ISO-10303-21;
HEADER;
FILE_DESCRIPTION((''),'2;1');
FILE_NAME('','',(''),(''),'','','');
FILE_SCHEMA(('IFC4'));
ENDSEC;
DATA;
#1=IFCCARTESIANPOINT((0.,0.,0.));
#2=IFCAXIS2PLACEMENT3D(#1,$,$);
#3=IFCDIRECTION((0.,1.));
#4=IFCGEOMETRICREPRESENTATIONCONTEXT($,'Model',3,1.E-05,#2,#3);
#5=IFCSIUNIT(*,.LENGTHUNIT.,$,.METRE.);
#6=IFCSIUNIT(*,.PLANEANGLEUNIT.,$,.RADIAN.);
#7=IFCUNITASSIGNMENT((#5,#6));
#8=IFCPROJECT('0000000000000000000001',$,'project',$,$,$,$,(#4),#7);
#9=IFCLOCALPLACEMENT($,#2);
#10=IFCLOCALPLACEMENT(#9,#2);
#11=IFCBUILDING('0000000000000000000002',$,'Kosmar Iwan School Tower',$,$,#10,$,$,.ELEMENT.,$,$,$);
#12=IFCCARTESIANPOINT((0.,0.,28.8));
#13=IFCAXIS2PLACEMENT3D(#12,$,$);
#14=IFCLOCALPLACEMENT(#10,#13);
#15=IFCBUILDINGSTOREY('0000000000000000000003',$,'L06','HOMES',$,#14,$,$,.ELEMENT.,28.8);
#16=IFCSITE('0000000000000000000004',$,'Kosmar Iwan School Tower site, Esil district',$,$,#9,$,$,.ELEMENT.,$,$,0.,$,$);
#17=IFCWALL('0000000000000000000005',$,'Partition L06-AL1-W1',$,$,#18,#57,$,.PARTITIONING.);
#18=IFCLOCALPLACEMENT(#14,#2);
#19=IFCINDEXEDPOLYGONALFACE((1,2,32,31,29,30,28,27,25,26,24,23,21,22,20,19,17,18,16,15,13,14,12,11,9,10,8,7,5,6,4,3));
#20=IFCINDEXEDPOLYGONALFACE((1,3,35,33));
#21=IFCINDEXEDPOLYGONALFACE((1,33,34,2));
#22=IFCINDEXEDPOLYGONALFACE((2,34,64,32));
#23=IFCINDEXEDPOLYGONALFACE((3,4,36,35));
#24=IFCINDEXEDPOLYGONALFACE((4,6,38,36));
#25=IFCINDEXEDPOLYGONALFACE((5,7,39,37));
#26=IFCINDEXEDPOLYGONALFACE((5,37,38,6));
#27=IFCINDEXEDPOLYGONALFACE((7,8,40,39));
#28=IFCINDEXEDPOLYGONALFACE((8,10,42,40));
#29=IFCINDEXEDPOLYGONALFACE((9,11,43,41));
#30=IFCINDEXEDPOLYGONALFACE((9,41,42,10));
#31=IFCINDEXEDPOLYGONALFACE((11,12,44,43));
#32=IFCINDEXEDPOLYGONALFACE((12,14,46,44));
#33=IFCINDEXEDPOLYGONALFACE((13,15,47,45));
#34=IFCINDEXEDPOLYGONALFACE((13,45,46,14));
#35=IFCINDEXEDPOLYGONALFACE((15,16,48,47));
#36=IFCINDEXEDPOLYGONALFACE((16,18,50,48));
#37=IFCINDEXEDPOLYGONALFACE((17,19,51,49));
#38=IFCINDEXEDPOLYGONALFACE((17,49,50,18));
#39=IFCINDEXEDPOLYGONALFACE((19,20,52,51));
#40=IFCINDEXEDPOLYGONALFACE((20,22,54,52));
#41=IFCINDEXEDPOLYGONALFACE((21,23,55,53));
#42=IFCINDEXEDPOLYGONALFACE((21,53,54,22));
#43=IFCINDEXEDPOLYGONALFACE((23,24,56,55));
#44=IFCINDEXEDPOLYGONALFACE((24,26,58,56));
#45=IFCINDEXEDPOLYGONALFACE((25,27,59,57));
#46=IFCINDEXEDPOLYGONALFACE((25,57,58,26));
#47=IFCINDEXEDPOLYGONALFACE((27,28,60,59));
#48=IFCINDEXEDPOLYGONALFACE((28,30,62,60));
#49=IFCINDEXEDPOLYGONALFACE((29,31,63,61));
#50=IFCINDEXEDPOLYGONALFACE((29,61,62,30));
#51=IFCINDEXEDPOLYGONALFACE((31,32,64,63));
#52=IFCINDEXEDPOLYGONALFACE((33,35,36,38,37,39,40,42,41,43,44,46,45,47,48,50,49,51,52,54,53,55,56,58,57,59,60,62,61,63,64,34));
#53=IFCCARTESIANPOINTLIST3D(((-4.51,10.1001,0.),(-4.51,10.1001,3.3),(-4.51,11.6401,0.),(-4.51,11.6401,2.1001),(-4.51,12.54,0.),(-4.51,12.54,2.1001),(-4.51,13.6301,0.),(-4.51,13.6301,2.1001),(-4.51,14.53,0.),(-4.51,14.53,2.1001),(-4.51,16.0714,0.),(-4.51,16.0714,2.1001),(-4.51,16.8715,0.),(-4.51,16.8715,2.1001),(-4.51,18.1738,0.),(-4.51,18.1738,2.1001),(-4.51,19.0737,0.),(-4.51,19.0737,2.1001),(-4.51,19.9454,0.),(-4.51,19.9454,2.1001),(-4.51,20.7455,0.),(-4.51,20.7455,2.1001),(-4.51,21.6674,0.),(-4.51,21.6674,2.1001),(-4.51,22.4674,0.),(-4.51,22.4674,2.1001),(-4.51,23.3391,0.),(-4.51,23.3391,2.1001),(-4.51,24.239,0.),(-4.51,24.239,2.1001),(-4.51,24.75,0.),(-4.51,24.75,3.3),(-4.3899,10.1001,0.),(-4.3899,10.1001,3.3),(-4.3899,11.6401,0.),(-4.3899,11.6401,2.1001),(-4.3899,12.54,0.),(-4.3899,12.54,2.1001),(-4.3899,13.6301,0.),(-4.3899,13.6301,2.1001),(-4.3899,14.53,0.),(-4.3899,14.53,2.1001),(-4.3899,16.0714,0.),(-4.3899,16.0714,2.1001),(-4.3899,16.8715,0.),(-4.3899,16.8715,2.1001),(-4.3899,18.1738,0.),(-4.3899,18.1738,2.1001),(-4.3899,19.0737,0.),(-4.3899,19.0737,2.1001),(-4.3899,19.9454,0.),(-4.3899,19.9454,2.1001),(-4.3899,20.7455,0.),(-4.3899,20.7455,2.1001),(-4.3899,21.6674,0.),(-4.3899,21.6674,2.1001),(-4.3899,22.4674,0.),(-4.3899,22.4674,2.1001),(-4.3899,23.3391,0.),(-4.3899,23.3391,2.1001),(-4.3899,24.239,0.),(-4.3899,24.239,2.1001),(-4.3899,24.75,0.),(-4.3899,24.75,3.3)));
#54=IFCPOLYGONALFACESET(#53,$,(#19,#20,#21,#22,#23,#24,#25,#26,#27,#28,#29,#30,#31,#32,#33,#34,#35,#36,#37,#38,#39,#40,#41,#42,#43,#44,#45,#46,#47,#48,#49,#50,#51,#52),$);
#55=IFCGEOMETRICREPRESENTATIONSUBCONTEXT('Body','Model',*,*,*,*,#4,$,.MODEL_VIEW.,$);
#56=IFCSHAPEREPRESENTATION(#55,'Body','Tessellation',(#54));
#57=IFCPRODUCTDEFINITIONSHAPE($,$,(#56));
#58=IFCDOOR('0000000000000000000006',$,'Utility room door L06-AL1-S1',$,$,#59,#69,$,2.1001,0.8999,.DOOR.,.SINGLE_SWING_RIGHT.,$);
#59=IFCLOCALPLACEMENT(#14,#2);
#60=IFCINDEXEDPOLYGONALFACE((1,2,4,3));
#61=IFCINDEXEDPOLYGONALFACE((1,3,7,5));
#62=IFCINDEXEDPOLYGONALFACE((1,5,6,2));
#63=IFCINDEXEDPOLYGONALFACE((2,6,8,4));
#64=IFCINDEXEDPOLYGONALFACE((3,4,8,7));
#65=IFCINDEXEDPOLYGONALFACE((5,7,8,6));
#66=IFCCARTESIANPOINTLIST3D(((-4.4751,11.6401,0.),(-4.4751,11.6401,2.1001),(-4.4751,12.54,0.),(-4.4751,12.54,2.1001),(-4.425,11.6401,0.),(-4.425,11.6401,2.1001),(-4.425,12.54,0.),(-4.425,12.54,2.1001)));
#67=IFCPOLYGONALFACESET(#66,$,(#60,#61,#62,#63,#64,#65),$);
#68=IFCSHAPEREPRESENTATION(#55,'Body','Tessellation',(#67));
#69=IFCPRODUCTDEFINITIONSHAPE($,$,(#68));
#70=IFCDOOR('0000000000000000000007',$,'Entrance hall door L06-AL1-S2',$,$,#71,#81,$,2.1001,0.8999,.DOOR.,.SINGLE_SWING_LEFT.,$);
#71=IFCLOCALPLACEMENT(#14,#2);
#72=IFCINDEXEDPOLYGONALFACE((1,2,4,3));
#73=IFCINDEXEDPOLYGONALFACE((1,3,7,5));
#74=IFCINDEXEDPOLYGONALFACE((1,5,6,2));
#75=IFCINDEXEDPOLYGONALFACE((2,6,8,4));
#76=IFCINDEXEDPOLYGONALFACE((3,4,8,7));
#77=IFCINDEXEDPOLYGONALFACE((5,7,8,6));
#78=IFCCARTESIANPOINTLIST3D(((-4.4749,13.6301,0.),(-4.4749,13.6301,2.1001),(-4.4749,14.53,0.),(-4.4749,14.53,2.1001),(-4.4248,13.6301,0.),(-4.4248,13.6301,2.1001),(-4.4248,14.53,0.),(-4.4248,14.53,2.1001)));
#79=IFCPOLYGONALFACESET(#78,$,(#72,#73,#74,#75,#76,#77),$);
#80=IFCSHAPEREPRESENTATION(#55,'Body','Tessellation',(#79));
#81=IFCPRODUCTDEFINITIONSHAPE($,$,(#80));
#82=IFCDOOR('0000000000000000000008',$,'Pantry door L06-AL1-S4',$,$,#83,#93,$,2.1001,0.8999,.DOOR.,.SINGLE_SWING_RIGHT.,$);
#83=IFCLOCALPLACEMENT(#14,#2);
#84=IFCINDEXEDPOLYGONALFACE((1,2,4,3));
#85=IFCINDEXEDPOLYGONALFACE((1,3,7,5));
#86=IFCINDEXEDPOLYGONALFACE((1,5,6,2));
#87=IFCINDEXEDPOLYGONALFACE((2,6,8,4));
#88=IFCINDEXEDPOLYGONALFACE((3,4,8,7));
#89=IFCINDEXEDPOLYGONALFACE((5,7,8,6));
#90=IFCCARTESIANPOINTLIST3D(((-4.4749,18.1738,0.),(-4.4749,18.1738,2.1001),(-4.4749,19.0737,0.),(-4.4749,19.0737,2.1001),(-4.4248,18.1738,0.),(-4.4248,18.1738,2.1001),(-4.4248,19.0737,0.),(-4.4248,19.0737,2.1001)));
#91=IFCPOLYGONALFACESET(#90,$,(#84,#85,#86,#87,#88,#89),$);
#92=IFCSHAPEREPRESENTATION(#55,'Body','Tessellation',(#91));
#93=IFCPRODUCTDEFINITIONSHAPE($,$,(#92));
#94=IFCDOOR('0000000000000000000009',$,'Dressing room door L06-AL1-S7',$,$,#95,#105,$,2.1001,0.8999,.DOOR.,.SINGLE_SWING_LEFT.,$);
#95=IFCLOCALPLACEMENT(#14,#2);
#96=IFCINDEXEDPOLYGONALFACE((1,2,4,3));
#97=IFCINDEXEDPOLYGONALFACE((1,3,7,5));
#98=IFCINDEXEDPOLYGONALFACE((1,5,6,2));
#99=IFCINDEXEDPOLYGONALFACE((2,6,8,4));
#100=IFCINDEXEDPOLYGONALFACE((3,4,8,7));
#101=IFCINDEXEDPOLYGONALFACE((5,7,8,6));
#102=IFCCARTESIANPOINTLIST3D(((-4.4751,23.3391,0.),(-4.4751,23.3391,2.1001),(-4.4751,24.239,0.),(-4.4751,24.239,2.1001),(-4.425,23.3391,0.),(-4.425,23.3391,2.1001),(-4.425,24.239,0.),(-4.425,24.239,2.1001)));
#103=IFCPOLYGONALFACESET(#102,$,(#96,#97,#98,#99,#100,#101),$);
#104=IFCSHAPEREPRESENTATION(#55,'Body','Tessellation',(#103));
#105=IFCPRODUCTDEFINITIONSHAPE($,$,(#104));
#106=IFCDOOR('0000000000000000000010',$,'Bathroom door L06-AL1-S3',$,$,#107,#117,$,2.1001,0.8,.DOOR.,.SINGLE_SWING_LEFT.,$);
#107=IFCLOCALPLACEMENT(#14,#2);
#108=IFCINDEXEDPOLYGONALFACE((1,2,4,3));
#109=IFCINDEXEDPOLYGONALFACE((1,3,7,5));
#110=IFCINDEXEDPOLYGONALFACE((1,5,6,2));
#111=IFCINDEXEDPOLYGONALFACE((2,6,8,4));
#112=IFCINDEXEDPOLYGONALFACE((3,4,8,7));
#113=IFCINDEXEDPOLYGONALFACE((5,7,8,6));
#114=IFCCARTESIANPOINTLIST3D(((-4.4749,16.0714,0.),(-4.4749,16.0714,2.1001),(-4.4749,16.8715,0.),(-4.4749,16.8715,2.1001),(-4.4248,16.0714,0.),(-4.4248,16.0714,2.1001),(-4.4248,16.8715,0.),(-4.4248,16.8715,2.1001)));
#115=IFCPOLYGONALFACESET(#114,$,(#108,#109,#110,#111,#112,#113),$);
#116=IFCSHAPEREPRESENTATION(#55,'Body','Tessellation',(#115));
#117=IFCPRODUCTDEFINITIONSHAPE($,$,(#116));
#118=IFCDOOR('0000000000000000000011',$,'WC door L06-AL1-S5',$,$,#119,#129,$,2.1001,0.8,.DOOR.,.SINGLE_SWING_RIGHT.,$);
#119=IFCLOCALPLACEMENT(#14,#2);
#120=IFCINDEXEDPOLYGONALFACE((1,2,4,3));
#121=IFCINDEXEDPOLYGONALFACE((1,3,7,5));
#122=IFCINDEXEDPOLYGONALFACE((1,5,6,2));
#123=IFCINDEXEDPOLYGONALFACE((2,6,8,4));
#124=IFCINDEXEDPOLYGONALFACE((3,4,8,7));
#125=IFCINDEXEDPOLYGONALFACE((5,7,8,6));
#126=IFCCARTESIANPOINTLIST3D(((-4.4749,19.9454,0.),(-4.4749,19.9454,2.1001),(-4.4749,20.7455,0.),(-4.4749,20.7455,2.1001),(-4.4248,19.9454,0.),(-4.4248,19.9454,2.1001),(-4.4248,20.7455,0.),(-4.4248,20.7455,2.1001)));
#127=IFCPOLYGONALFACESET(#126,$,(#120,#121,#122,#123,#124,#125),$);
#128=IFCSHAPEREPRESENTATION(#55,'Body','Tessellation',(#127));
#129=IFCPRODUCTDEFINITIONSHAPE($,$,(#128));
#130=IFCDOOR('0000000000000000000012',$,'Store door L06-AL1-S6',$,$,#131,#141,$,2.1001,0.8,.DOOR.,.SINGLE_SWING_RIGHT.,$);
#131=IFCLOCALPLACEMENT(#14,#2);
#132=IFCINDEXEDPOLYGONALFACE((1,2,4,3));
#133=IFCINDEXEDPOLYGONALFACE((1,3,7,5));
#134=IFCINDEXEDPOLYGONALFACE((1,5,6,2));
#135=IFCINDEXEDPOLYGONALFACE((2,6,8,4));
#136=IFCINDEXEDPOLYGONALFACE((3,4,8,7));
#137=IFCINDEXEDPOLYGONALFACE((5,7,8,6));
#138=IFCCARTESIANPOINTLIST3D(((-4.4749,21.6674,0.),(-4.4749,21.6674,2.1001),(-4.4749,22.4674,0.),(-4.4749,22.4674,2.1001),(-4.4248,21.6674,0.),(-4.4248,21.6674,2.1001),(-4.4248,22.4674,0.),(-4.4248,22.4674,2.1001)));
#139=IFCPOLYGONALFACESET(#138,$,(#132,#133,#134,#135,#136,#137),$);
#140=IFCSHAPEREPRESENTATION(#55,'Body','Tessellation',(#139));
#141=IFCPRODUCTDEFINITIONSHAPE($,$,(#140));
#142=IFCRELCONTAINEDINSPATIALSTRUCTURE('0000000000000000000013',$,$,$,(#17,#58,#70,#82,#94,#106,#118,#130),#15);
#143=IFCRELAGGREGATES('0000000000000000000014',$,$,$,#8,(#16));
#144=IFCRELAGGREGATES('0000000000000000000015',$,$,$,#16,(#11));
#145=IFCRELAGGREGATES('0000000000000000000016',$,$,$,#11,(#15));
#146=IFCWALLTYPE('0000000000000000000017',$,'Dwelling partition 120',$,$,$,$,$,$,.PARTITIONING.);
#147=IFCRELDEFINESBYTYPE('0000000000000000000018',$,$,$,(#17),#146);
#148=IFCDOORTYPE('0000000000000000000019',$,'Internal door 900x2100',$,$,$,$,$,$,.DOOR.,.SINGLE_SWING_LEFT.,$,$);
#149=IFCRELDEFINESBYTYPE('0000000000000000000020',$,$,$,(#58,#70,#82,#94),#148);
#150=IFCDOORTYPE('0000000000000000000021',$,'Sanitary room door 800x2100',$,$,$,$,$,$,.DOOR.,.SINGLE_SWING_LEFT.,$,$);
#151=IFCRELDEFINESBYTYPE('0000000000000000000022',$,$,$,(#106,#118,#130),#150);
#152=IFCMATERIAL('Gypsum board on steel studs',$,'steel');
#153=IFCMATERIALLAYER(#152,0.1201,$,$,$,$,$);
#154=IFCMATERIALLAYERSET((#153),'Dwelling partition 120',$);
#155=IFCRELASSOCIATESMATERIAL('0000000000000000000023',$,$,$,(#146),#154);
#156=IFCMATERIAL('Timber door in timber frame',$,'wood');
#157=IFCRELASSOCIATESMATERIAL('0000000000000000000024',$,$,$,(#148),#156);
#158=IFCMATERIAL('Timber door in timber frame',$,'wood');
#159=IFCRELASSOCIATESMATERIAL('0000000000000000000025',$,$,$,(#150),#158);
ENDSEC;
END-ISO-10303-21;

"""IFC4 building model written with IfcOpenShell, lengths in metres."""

from ifc_helpers import new_model, si_unit, direction, frame, frame_2d, origin, place, context, subcontext, project, spatial, rectangle, extrude, material, layer, layer_set, type_object, element, fill, save


model = new_model("IFC4")

# Units and contexts
model_context = context("Model", 3, precision=1e-05, world=origin(), true_north=direction((0.0, 1.0)))
body_context = subcontext(model_context, "Body", "Model", "MODEL_VIEW")
ifc_project = project(units=[si_unit("LENGTHUNIT", "METRE"), si_unit("PLANEANGLEUNIT", "RADIAN")], contexts=[model_context])

# Site, building, storey
site_placement = place(None, origin())
site = spatial("IfcSite", under=ifc_project, at=site_placement, Name="Kosmar Iwan School Tower site, Esil district", CompositionType="ELEMENT", RefElevation=0.0)
building_placement = place(site_placement, origin())
building = spatial("IfcBuilding", under=site, at=building_placement, Name="Kosmar Iwan School Tower", CompositionType="ELEMENT")
storey_placement = place(building_placement, frame((0.0, 0.0, 28.8)))
storey = spatial("IfcBuildingStorey", under=building, at=storey_placement, Name="L06", Description="HOMES", CompositionType="ELEMENT", Elevation=28.8)

# Wall, openings, doors
ifc_material_1 = material(Name="Gypsum board on steel studs", Category="steel")
ifc_layer_1 = layer(ifc_material_1, 0.1201)
ifc_layer_set_1 = layer_set([ifc_layer_1], Name="Dwelling partition 120")
wall_type_1 = type_object("IfcWallType", Name="Dwelling partition 120", PredefinedType="PARTITIONING", material=ifc_layer_set_1)
wall_1_placement = place(storey_placement, frame((-4.45, 10.1001, 0.0), z_axis=(0.0, 0.0, 1.0), x_axis=(0.0, 1.0, 0.0)))
wall_1 = element("IfcWall", 1, at=wall_1_placement, inside=storey, type_object=wall_type_1, Name="Partition L06-AL1-W1", PredefinedType="PARTITIONING", context=body_context, shape_type="SweptSolid", body=[
    extrude(rectangle(XDim=14.6499, YDim=0.1201, at=frame_2d((7.325, 0.0))), origin(), (0.0, 0.0, 1.0), 3.3),
])
opening_1_placement = place(wall_1_placement, frame((1.54, 0.0, 0.0)))
opening_1 = element("IfcOpeningElement", 2, at=opening_1_placement, cuts=wall_1, PredefinedType="OPENING", context=body_context, shape_type="SweptSolid", body=[
    extrude(rectangle(XDim=0.8999, YDim=2.1001, at=frame_2d((0.45, 1.05))), frame((0.0, 0.072, 0.0), z_axis=(0.0, -1.0, 0.0), x_axis=(1.0, 0.0, 0.0)), (0.0, 0.0, 1.0), 0.144),
])
opening_2_placement = place(wall_1_placement, frame((3.53, 0.0, 0.0)))
opening_2 = element("IfcOpeningElement", 3, at=opening_2_placement, cuts=wall_1, PredefinedType="OPENING", context=body_context, shape_type="SweptSolid", body=[
    extrude(rectangle(XDim=0.8999, YDim=2.1001, at=frame_2d((0.45, 1.05))), frame((0.0, 0.072, 0.0), z_axis=(0.0, -1.0, 0.0), x_axis=(1.0, 0.0, 0.0)), (0.0, 0.0, 1.0), 0.144),
])
opening_3_placement = place(wall_1_placement, frame((5.9714, 0.0, 0.0)))
opening_3 = element("IfcOpeningElement", 4, at=opening_3_placement, cuts=wall_1, PredefinedType="OPENING", context=body_context, shape_type="SweptSolid", body=[
    extrude(rectangle(XDim=0.8, YDim=2.1001, at=frame_2d((0.3999, 1.05))), frame((0.0, 0.072, 0.0), z_axis=(0.0, -1.0, 0.0), x_axis=(1.0, 0.0, 0.0)), (0.0, 0.0, 1.0), 0.144),
])
opening_4_placement = place(wall_1_placement, frame((8.0737, 0.0, 0.0)))
opening_4 = element("IfcOpeningElement", 5, at=opening_4_placement, cuts=wall_1, PredefinedType="OPENING", context=body_context, shape_type="SweptSolid", body=[
    extrude(rectangle(XDim=0.8999, YDim=2.1001, at=frame_2d((0.45, 1.05))), frame((0.0, 0.072, 0.0), z_axis=(0.0, -1.0, 0.0), x_axis=(1.0, 0.0, 0.0)), (0.0, 0.0, 1.0), 0.144),
])
opening_5_placement = place(wall_1_placement, frame((9.8455, 0.0, 0.0)))
opening_5 = element("IfcOpeningElement", 6, at=opening_5_placement, cuts=wall_1, PredefinedType="OPENING", context=body_context, shape_type="SweptSolid", body=[
    extrude(rectangle(XDim=0.8, YDim=2.1001, at=frame_2d((0.3999, 1.05))), frame((0.0, 0.072, 0.0), z_axis=(0.0, -1.0, 0.0), x_axis=(1.0, 0.0, 0.0)), (0.0, 0.0, 1.0), 0.144),
])
opening_6_placement = place(wall_1_placement, frame((11.5674, 0.0, 0.0)))
opening_6 = element("IfcOpeningElement", 7, at=opening_6_placement, cuts=wall_1, PredefinedType="OPENING", context=body_context, shape_type="SweptSolid", body=[
    extrude(rectangle(XDim=0.8, YDim=2.1001, at=frame_2d((0.3999, 1.05))), frame((0.0, 0.072, 0.0), z_axis=(0.0, -1.0, 0.0), x_axis=(1.0, 0.0, 0.0)), (0.0, 0.0, 1.0), 0.144),
])
opening_7_placement = place(wall_1_placement, frame((13.239, 0.0, 0.0)))
opening_7 = element("IfcOpeningElement", 8, at=opening_7_placement, cuts=wall_1, PredefinedType="OPENING", context=body_context, shape_type="SweptSolid", body=[
    extrude(rectangle(XDim=0.8999, YDim=2.1001, at=frame_2d((0.45, 1.05))), frame((0.0, 0.072, 0.0), z_axis=(0.0, -1.0, 0.0), x_axis=(1.0, 0.0, 0.0)), (0.0, 0.0, 1.0), 0.144),
])
ifc_material_2 = material(Name="Timber door in timber frame", Category="wood")
door_type_1 = type_object("IfcDoorType", Name="Internal door 900x2100", OperationType="SINGLE_SWING_LEFT", PredefinedType="DOOR", material=ifc_material_2)
door_1_placement = place(opening_1_placement, frame((0.8999, 0.0, 0.0), z_axis=(0.0, 0.0, 1.0), x_axis=(-1.0, 0.0, 0.0)))
door_1 = element("IfcDoor", 9, at=door_1_placement, inside=storey, type_object=door_type_1, Name="Utility room door L06-AL1-S1", OperationType="SINGLE_SWING_RIGHT", OverallHeight=2.1001, OverallWidth=0.8999, PredefinedType="DOOR", context=body_context, shape_type="SweptSolid", body=[
    extrude(rectangle(XDim=0.8999, YDim=2.1001, at=frame_2d((0.45, 1.05))), frame((0.0, 0.0249, 0.0), z_axis=(0.0, -1.0, 0.0), x_axis=(1.0, 0.0, 0.0)), (0.0, 0.0, 1.0), 0.05),
])
fill(opening_1, door_1)
door_2_placement = place(opening_2_placement, origin())
door_2 = element("IfcDoor", 10, at=door_2_placement, inside=storey, type_object=door_type_1, Name="Entrance hall door L06-AL1-S2", OperationType="SINGLE_SWING_LEFT", OverallHeight=2.1001, OverallWidth=0.8999, PredefinedType="DOOR", context=body_context, shape_type="SweptSolid", body=[
    extrude(rectangle(XDim=0.8999, YDim=2.1001, at=frame_2d((0.45, 1.05))), frame((0.0, 0.0249, 0.0), z_axis=(0.0, -1.0, 0.0), x_axis=(1.0, 0.0, 0.0)), (0.0, 0.0, 1.0), 0.05),
])
fill(opening_2, door_2)
door_3_placement = place(opening_4_placement, origin())
door_3 = element("IfcDoor", 11, at=door_3_placement, inside=storey, type_object=door_type_1, Name="Pantry door L06-AL1-S4", OperationType="SINGLE_SWING_RIGHT", OverallHeight=2.1001, OverallWidth=0.8999, PredefinedType="DOOR", context=body_context, shape_type="SweptSolid", body=[
    extrude(rectangle(XDim=0.8999, YDim=2.1001, at=frame_2d((0.45, 1.05))), frame((0.0, 0.0249, 0.0), z_axis=(0.0, -1.0, 0.0), x_axis=(1.0, 0.0, 0.0)), (0.0, 0.0, 1.0), 0.05),
])
fill(opening_4, door_3)
door_4_placement = place(opening_7_placement, frame((0.8999, 0.0, 0.0), z_axis=(0.0, 0.0, 1.0), x_axis=(-1.0, 0.0, 0.0)))
door_4 = element("IfcDoor", 12, at=door_4_placement, inside=storey, type_object=door_type_1, Name="Dressing room door L06-AL1-S7", OperationType="SINGLE_SWING_LEFT", OverallHeight=2.1001, OverallWidth=0.8999, PredefinedType="DOOR", context=body_context, shape_type="SweptSolid", body=[
    extrude(rectangle(XDim=0.8999, YDim=2.1001, at=frame_2d((0.45, 1.05))), frame((0.0, 0.0249, 0.0), z_axis=(0.0, -1.0, 0.0), x_axis=(1.0, 0.0, 0.0)), (0.0, 0.0, 1.0), 0.05),
])
fill(opening_7, door_4)
ifc_material_3 = material(Name="Timber door in timber frame", Category="wood")
door_type_2 = type_object("IfcDoorType", Name="Sanitary room door 800x2100", OperationType="SINGLE_SWING_LEFT", PredefinedType="DOOR", material=ifc_material_3)
door_5_placement = place(opening_3_placement, origin())
door_5 = element("IfcDoor", 13, at=door_5_placement, inside=storey, type_object=door_type_2, Name="Bathroom door L06-AL1-S3", OperationType="SINGLE_SWING_LEFT", OverallHeight=2.1001, OverallWidth=0.8, PredefinedType="DOOR", context=body_context, shape_type="SweptSolid", body=[
    extrude(rectangle(XDim=0.8, YDim=2.1001, at=frame_2d((0.3999, 1.05))), frame((0.0, 0.0249, 0.0), z_axis=(0.0, -1.0, 0.0), x_axis=(1.0, 0.0, 0.0)), (0.0, 0.0, 1.0), 0.05),
])
fill(opening_3, door_5)
door_6_placement = place(opening_5_placement, origin())
door_6 = element("IfcDoor", 14, at=door_6_placement, inside=storey, type_object=door_type_2, Name="WC door L06-AL1-S5", OperationType="SINGLE_SWING_RIGHT", OverallHeight=2.1001, OverallWidth=0.8, PredefinedType="DOOR", context=body_context, shape_type="SweptSolid", body=[
    extrude(rectangle(XDim=0.8, YDim=2.1001, at=frame_2d((0.3999, 1.05))), frame((0.0, 0.0249, 0.0), z_axis=(0.0, -1.0, 0.0), x_axis=(1.0, 0.0, 0.0)), (0.0, 0.0, 1.0), 0.05),
])
fill(opening_5, door_6)
door_7_placement = place(opening_6_placement, origin())
door_7 = element("IfcDoor", 15, at=door_7_placement, inside=storey, type_object=door_type_2, Name="Store door L06-AL1-S6", OperationType="SINGLE_SWING_RIGHT", OverallHeight=2.1001, OverallWidth=0.8, PredefinedType="DOOR", context=body_context, shape_type="SweptSolid", body=[
    extrude(rectangle(XDim=0.8, YDim=2.1001, at=frame_2d((0.3999, 1.05))), frame((0.0, 0.0249, 0.0), z_axis=(0.0, -1.0, 0.0), x_axis=(1.0, 0.0, 0.0)), (0.0, 0.0, 1.0), 0.05),
])
fill(opening_6, door_7)

save(model, "model.ifc")
